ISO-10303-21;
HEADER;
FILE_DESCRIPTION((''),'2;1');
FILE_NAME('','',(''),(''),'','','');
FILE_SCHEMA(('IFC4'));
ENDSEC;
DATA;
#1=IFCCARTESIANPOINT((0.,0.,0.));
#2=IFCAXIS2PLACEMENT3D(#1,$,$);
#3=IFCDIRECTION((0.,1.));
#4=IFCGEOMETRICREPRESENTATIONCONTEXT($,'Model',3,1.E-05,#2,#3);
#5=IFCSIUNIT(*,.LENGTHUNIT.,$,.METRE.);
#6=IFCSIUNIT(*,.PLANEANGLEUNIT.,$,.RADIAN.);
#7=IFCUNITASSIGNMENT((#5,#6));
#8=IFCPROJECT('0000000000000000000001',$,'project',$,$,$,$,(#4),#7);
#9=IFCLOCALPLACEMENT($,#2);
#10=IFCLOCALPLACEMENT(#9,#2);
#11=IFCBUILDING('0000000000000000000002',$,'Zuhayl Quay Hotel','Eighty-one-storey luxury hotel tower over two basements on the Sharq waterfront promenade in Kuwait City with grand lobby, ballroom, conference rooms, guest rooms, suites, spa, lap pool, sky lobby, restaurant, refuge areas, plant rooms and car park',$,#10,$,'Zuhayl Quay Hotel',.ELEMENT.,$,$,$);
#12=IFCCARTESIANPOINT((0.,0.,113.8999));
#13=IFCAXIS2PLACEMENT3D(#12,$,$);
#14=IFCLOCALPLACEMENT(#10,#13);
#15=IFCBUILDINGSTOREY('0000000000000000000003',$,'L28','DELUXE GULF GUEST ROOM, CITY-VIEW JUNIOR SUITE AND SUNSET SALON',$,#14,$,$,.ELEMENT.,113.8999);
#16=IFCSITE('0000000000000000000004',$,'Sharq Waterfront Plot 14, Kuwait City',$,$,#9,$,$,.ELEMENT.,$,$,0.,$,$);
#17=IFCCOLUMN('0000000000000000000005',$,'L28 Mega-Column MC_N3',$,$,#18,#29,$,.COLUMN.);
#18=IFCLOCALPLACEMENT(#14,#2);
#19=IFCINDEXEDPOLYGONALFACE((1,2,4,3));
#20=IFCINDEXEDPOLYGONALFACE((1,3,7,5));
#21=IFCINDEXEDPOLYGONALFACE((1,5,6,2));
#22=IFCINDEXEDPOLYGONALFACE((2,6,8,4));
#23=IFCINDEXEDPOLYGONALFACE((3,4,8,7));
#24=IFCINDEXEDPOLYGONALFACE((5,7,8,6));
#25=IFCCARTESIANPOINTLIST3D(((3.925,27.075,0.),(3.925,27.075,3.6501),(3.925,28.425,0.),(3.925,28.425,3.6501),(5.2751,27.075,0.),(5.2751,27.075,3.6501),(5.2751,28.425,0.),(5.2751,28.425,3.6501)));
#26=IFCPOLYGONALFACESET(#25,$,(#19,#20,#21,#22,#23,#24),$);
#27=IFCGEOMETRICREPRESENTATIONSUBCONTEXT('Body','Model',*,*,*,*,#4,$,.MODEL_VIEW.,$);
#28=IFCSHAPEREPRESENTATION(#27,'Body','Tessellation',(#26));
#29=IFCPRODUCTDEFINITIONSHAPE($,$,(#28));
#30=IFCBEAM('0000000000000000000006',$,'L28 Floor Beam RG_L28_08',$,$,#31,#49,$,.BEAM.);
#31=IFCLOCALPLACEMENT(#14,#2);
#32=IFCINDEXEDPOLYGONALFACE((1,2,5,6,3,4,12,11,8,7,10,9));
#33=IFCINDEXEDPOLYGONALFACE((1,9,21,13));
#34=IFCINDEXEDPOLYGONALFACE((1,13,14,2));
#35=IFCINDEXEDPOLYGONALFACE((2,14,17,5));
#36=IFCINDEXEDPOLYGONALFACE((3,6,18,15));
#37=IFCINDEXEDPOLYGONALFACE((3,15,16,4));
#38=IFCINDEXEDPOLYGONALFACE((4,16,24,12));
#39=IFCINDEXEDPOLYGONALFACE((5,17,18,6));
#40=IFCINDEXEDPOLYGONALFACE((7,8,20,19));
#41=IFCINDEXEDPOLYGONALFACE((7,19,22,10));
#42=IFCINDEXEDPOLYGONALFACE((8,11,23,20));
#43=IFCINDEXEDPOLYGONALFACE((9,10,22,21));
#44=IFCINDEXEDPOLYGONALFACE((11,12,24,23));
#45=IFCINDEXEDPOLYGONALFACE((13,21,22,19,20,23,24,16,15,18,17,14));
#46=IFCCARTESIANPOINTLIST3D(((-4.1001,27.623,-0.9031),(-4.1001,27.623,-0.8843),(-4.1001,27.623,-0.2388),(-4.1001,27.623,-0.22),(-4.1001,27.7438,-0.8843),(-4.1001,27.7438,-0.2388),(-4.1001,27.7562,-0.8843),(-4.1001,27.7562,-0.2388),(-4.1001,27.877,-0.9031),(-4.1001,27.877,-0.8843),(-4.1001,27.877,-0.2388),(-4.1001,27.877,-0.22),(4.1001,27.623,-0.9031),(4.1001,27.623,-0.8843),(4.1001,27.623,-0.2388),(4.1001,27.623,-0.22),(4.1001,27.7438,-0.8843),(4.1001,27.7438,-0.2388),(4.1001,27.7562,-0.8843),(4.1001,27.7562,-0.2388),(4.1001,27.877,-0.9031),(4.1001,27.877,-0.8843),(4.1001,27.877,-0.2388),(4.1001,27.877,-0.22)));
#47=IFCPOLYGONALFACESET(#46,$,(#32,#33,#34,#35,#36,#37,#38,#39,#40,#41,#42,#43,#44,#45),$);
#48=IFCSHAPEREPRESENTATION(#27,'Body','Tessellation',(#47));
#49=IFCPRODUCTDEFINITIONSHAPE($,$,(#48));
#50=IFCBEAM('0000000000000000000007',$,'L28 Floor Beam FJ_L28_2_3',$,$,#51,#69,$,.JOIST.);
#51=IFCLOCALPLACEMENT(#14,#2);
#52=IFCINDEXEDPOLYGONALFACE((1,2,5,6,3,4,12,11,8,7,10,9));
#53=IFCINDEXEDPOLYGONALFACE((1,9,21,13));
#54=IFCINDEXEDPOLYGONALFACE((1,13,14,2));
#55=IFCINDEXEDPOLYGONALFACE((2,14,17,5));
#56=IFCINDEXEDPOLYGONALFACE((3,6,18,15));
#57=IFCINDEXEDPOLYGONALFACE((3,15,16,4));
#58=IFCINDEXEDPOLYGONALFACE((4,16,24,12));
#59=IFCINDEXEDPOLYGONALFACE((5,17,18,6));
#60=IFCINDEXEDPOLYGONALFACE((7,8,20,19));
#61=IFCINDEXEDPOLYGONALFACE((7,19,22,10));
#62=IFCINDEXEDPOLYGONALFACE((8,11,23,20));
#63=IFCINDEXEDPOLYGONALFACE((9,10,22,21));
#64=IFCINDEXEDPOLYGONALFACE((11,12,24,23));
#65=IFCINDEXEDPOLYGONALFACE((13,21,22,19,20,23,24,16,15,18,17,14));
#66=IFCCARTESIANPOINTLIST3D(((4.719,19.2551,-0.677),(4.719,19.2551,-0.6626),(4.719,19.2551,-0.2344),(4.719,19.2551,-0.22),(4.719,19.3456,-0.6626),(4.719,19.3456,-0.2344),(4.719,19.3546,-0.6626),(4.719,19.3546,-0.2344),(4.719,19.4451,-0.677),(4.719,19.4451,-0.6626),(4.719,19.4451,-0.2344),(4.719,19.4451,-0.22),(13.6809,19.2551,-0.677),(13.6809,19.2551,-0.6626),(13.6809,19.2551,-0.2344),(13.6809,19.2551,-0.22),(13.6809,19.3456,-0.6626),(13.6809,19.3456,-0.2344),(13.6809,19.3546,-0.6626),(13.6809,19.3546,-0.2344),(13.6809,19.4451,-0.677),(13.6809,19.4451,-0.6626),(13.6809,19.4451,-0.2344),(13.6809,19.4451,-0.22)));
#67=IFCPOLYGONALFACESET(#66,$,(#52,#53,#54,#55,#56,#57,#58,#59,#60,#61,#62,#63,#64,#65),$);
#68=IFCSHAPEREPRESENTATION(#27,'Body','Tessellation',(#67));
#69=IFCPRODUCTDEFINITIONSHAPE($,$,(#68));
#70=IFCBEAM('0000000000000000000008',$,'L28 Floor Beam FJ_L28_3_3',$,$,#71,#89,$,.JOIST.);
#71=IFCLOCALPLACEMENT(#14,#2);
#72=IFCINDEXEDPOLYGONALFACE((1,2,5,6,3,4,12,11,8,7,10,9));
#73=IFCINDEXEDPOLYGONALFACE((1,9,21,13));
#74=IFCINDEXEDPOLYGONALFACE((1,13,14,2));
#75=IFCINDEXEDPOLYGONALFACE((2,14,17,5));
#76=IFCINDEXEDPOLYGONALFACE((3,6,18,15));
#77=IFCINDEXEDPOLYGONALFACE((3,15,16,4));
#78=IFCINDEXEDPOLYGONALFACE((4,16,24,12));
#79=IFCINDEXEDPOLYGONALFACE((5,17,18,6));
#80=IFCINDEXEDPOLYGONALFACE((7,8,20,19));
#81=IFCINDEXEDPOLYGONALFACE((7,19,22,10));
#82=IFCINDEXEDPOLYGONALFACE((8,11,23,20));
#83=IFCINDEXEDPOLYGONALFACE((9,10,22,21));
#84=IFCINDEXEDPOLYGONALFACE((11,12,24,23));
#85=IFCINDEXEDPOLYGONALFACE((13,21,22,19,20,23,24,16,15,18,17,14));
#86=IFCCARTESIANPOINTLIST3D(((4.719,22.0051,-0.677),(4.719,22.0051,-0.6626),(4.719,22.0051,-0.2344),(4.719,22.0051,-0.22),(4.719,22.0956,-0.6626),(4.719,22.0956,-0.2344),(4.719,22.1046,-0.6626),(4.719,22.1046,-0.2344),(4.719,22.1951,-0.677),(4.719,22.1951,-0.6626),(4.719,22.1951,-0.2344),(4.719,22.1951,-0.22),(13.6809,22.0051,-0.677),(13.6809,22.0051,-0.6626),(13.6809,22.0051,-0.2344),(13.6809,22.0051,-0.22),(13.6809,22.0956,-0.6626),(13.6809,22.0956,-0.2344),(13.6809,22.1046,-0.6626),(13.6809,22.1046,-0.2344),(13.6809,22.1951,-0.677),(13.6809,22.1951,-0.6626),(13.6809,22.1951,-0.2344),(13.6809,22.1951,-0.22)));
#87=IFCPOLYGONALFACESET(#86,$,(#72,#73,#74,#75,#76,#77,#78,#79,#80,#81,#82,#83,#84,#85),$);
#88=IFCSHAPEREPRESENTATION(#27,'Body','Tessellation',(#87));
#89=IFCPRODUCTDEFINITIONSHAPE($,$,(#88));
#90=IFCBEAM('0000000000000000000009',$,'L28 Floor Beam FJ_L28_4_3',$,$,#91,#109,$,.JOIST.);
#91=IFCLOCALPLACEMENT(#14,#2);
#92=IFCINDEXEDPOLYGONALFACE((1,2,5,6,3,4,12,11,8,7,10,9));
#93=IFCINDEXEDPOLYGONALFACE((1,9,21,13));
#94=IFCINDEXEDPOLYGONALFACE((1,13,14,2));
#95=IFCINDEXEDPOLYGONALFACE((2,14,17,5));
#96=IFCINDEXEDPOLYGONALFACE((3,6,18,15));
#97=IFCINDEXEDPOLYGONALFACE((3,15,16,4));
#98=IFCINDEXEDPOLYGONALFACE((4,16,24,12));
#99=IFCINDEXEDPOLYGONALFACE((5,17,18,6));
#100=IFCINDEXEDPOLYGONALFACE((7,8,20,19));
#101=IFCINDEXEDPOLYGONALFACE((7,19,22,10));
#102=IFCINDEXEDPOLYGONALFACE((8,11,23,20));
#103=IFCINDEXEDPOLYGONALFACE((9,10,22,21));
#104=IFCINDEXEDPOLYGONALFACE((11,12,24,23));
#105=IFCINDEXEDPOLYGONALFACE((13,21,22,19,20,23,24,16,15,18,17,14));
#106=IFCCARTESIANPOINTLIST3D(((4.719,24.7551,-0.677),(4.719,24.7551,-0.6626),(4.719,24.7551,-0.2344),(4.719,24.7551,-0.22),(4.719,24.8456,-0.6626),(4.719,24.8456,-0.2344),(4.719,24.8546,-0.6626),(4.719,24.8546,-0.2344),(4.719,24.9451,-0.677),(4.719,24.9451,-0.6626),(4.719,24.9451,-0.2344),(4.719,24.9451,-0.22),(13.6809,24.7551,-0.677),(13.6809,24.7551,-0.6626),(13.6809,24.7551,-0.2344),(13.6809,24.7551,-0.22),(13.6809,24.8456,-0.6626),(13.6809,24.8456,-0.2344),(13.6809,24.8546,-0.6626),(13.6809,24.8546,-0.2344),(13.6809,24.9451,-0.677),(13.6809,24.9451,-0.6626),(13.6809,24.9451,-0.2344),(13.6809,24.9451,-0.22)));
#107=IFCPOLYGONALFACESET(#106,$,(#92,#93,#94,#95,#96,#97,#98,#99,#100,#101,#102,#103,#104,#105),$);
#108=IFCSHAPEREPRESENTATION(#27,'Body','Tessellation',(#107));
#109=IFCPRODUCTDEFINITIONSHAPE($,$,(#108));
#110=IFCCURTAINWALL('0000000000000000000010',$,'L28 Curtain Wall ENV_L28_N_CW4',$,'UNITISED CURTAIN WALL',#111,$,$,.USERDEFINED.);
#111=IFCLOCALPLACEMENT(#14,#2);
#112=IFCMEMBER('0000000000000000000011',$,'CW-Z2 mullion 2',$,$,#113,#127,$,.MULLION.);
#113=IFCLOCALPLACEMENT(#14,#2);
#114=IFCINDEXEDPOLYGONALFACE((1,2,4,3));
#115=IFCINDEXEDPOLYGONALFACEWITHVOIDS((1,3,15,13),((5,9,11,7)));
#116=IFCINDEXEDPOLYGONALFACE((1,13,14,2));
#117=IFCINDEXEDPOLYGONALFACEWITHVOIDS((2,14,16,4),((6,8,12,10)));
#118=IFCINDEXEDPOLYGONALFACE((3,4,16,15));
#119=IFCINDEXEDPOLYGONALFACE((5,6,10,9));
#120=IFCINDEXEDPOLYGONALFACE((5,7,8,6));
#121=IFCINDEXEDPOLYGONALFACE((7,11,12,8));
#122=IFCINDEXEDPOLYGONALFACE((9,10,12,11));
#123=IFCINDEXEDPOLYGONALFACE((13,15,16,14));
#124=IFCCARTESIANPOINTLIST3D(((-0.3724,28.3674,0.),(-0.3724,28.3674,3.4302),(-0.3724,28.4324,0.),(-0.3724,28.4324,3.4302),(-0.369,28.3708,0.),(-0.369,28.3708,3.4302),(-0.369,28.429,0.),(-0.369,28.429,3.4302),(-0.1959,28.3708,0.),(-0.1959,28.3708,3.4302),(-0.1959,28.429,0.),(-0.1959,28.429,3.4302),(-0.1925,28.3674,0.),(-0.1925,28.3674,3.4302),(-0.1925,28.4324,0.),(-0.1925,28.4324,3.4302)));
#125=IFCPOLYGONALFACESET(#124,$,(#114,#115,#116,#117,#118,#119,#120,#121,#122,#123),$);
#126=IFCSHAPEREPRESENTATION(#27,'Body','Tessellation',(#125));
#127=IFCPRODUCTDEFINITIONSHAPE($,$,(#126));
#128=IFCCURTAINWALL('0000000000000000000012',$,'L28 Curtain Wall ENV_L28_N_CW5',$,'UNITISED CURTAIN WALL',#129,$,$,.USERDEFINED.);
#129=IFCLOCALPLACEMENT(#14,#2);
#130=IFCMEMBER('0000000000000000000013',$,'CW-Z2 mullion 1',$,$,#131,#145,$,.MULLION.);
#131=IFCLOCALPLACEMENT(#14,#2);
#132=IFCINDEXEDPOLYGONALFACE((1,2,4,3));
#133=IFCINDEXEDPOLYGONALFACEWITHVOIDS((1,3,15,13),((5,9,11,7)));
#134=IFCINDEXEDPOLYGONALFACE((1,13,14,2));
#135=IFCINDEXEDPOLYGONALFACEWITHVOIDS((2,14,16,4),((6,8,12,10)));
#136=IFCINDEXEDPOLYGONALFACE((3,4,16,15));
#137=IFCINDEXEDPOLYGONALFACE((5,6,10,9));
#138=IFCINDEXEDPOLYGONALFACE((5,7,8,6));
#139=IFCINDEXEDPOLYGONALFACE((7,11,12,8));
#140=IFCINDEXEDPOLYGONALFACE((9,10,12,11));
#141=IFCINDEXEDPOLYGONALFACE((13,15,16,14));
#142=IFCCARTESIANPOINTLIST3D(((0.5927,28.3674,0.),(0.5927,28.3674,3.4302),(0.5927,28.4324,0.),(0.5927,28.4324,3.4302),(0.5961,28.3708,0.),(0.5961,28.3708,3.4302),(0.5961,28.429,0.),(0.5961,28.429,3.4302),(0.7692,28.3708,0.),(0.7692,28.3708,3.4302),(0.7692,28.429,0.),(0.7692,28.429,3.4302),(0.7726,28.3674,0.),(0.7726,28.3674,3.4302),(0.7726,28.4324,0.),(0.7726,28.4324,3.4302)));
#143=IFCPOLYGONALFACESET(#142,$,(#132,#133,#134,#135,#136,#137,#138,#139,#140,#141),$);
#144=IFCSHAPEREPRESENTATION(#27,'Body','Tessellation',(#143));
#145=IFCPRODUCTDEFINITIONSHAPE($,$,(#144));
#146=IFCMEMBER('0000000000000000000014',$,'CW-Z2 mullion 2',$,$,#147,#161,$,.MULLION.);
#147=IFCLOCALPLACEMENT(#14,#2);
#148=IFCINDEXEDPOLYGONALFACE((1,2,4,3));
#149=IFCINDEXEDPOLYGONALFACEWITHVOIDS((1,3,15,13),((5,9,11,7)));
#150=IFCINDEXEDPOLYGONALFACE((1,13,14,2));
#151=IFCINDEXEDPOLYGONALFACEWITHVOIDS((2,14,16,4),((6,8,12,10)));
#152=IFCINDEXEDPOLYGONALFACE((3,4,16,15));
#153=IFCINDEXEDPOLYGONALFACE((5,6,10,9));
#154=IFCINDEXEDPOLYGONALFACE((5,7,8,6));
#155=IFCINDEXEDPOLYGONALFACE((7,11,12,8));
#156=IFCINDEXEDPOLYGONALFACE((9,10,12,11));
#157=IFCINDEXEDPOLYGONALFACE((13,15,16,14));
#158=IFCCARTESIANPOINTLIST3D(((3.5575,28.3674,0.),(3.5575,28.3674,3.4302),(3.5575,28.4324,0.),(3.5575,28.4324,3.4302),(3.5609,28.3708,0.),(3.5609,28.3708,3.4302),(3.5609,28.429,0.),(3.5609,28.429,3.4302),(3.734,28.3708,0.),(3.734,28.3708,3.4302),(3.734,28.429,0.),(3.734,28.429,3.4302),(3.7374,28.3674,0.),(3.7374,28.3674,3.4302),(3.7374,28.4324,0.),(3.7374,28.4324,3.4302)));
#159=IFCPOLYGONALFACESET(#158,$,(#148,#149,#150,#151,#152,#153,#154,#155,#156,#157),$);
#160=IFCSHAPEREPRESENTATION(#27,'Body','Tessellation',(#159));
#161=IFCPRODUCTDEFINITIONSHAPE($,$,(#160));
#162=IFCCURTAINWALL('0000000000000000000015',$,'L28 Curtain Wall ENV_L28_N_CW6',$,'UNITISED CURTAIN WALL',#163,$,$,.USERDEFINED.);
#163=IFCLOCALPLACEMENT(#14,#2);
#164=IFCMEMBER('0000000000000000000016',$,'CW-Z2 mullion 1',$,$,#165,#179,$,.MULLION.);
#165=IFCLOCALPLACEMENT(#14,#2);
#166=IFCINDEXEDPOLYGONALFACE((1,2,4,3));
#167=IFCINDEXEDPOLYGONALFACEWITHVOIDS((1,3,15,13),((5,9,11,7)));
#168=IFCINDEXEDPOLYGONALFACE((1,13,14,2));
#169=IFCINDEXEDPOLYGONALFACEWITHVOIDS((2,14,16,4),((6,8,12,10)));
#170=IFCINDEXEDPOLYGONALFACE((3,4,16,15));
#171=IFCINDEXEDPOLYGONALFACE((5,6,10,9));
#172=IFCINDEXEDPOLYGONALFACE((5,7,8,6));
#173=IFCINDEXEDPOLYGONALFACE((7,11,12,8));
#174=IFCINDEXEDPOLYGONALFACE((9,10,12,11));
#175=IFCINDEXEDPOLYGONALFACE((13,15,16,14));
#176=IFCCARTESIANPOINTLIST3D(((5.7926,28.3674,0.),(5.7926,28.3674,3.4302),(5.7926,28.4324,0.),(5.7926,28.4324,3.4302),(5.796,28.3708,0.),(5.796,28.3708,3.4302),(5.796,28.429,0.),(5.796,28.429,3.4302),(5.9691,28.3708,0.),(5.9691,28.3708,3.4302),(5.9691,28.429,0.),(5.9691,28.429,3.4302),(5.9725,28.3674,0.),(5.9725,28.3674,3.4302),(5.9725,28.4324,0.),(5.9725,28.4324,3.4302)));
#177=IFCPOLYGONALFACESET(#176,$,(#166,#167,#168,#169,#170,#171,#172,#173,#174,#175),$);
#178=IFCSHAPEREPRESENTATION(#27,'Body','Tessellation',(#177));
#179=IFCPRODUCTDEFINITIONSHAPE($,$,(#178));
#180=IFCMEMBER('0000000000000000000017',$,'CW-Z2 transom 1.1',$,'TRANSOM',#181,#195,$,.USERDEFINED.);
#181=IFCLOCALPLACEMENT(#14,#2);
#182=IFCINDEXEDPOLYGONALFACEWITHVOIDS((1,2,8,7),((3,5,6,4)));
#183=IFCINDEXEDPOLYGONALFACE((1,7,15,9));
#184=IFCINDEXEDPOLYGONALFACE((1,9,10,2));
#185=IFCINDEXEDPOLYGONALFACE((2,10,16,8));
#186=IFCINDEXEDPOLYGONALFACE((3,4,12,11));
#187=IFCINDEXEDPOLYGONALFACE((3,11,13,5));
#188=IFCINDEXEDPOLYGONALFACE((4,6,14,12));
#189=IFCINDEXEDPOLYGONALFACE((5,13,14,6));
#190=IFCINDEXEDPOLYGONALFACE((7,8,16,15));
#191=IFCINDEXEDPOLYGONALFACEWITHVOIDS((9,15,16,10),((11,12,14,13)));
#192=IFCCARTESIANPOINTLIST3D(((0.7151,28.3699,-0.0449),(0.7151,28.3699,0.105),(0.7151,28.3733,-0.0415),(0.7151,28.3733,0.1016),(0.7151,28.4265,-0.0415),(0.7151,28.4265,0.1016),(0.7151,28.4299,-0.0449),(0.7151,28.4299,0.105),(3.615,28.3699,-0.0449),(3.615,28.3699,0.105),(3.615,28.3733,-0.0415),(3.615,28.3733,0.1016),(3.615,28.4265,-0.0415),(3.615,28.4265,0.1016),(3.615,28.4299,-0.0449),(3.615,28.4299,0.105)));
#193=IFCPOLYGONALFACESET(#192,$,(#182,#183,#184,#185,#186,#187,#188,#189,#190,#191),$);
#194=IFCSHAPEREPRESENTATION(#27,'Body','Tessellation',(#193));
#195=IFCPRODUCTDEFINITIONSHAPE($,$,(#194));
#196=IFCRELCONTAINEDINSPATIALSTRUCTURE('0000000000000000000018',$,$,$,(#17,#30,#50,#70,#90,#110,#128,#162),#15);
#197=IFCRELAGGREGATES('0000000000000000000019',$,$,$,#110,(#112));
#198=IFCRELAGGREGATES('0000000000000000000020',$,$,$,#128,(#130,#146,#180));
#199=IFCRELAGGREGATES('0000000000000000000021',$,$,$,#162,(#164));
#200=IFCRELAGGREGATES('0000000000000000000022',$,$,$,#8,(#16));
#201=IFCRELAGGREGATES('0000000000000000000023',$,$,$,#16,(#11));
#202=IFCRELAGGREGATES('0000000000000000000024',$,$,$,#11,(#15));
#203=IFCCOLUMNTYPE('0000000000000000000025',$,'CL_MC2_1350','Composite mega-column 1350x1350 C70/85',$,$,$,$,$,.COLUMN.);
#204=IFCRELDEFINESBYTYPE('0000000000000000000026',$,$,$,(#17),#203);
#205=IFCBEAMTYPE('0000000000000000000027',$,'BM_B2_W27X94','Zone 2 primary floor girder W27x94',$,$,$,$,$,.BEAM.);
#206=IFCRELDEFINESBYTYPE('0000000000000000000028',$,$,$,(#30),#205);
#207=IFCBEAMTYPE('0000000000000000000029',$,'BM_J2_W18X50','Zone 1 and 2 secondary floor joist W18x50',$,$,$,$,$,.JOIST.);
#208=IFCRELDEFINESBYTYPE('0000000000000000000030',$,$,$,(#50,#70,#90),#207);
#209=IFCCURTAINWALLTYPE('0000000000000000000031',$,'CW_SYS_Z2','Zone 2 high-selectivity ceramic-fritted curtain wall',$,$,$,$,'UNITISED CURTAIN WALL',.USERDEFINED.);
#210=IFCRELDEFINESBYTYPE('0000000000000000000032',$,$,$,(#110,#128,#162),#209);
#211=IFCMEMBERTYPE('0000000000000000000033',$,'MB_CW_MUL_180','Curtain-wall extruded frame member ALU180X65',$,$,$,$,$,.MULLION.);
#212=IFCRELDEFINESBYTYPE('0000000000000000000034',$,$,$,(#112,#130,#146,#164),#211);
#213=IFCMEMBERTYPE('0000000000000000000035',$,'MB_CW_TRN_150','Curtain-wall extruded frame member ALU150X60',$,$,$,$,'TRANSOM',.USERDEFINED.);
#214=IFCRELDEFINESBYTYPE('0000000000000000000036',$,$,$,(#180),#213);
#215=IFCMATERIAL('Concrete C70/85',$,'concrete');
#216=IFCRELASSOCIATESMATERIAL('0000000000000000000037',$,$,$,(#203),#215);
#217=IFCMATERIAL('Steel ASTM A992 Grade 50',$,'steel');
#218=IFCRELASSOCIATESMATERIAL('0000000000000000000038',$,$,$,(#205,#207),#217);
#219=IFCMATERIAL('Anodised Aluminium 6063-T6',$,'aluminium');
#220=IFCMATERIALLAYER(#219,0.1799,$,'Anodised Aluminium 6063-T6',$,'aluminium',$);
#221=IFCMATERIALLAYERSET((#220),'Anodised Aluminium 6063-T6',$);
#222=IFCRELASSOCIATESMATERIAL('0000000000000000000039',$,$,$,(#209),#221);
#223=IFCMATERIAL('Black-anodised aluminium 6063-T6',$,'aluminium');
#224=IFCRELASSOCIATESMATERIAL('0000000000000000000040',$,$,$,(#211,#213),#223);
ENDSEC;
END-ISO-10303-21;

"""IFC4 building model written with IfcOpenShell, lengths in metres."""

from ifc_helpers import new_model, si_unit, direction, frame, origin, origin_2d, place, context, subcontext, project, spatial, rectangle, hollow_rectangle, i_section, extrude, material, layer, layer_set, material_profile, profile_set, type_object, element, aggregate, save


model = new_model("IFC4")

# Units and contexts
model_context = context("Model", 3, precision=1e-05, world=origin(), true_north=direction((0.0, 1.0)))
body_context = subcontext(model_context, "Body", "Model", "MODEL_VIEW")
ifc_project = project(units=[si_unit("LENGTHUNIT", "METRE"), si_unit("PLANEANGLEUNIT", "RADIAN")], contexts=[model_context])

# Site, building, storey
site_placement = place(None, origin())
site = spatial("IfcSite", under=ifc_project, at=site_placement, Name="Sharq Waterfront Plot 14, Kuwait City", CompositionType="ELEMENT", RefElevation=0.0)
building_placement = place(site_placement, origin())
building = spatial("IfcBuilding", under=site, at=building_placement, Name="Zuhayl Quay Hotel", Description="Eighty-one-storey luxury hotel tower over two basements on the Sharq waterfront promenade in Kuwait City with grand lobby, ballroom, conference rooms, guest rooms, suites, spa, lap pool, sky lobby, restaurant, refuge areas, plant rooms and car park", LongName="Zuhayl Quay Hotel", CompositionType="ELEMENT")
storey_placement = place(building_placement, frame((0.0, 0.0, 113.8999)))
storey = spatial("IfcBuildingStorey", under=building, at=storey_placement, Name="L28", Description="DELUXE GULF GUEST ROOM, CITY-VIEW JUNIOR SUITE AND SUNSET SALON", CompositionType="ELEMENT", Elevation=113.8999)

# Column
ifc_material_1 = material(Name="Concrete C70/85", Category="concrete")
ifc_material_profile_1 = material_profile(ifc_material_1, rectangle(XDim=1.3501, YDim=1.3501, at=origin_2d()), Name="RC1350X1350")
ifc_profile_set_1 = profile_set([ifc_material_profile_1], Name="Concrete C70/85")
column_type = type_object("IfcColumnType", Name="CL_MC2_1350", Description="Composite mega-column 1350x1350 C70/85", PredefinedType="COLUMN", material=ifc_profile_set_1)
column_placement = place(storey_placement, frame((4.6001, 27.75, 0.0), z_axis=(0.0, 0.0, 1.0), x_axis=(1.0, 0.0, 0.0)))
element("IfcColumn", 1, at=column_placement, inside=storey, type_object=column_type, Name="L28 Mega-Column MC_N3", PredefinedType="COLUMN", context=body_context, shape_type="SweptSolid", body=[
    extrude(rectangle(XDim=1.3501, YDim=1.3501, at=origin_2d()), origin(), (0.0, 0.0, 1.0), 3.6501),
])

# Beams
ifc_material_2 = material(Name="Steel ASTM A992 Grade 50", Category="steel")
ifc_material_profile_2 = material_profile(ifc_material_2, i_section(OverallWidth=0.2539, OverallDepth=0.6831, WebThickness=0.0125, FlangeThickness=0.0188, at=origin_2d()), Name="W27X94")
ifc_profile_set_2 = profile_set([ifc_material_profile_2], Name="Steel ASTM A992 Grade 50")
beam_type_1 = type_object("IfcBeamType", Name="BM_B2_W27X94", Description="Zone 2 primary floor girder W27x94", PredefinedType="BEAM", material=ifc_profile_set_2)
beam_placement = place(storey_placement, frame((4.1001, 27.75, -0.5615), z_axis=(-1.0, 0.0, 0.0), x_axis=(0.0, -1.0, 0.0)))
element("IfcBeam", 2, at=beam_placement, inside=storey, type_object=beam_type_1, Name="L28 Floor Beam RG_L28_08", PredefinedType="BEAM", context=body_context, shape_type="SweptSolid", body=[
    extrude(i_section(OverallWidth=0.2539, OverallDepth=0.6831, WebThickness=0.0125, FlangeThickness=0.0188, at=origin_2d()), origin(), (0.0, 0.0, 1.0), 8.2002),
])
ifc_material_profile_3 = material_profile(ifc_material_2, i_section(OverallWidth=0.1899, OverallDepth=0.457, WebThickness=0.009, FlangeThickness=0.0144, at=origin_2d()), Name="W18X50")
ifc_profile_set_3 = profile_set([ifc_material_profile_3], Name="Steel ASTM A992 Grade 50")
beam_type_2 = type_object("IfcBeamType", Name="BM_J2_W18X50", Description="Zone 1 and 2 secondary floor joist W18x50", PredefinedType="JOIST", material=ifc_profile_set_3)
for number, where, z_axis, x_axis, name in (
    (3, (4.719, 19.3501, -0.4485), (1.0, 0.0, 0.0), (0.0, 1.0, 0.0), "L28 Floor Beam FJ_L28_2_3"),
    (4, (4.719, 22.1001, -0.4485), (1.0, 0.0, 0.0), (0.0, 1.0, 0.0), "L28 Floor Beam FJ_L28_3_3"),
    (5, (4.719, 24.8501, -0.4485), (1.0, 0.0, 0.0), (0.0, 1.0, 0.0), "L28 Floor Beam FJ_L28_4_3"),
):
    element("IfcBeam", number, at=place(storey_placement, frame(where, z_axis=z_axis, x_axis=x_axis)), inside=storey, type_object=beam_type_2, Name=name, PredefinedType="JOIST", context=body_context, shape_type="SweptSolid", body=[
        extrude(i_section(OverallWidth=0.1899, OverallDepth=0.457, WebThickness=0.009, FlangeThickness=0.0144, at=origin_2d()), origin(), (0.0, 0.0, 1.0), 8.9619),
    ])

# Curtain wall, member
ifc_material_3 = material(Name="Anodised Aluminium 6063-T6", Category="aluminium")
ifc_layer_1 = layer(ifc_material_3, 0.1799, Name="Anodised Aluminium 6063-T6", Category="aluminium")
ifc_layer_set_1 = layer_set([ifc_layer_1], Name="Anodised Aluminium 6063-T6")
curtain_wall_type = type_object("IfcCurtainWallType", Name="CW_SYS_Z2", Description="Zone 2 high-selectivity ceramic-fritted curtain wall", ElementType="UNITISED CURTAIN WALL", PredefinedType="USERDEFINED", material=ifc_layer_set_1)
curtain_wall_1_placement = place(storey_placement, origin())
curtain_wall_1 = element("IfcCurtainWall", 6, at=curtain_wall_1_placement, inside=storey, type_object=curtain_wall_type, Name="L28 Curtain Wall ENV_L28_N_CW4", ObjectType="UNITISED CURTAIN WALL", PredefinedType="USERDEFINED")
ifc_material_4 = material(Name="Black-anodised aluminium 6063-T6", Category="aluminium")
ifc_material_profile_4 = material_profile(ifc_material_4, hollow_rectangle(XDim=0.0649, YDim=0.1799, WallThickness=0.0034, at=origin_2d()), Name="ALU180X65")
ifc_profile_set_4 = profile_set([ifc_material_profile_4], Name="Black-anodised aluminium 6063-T6")
member_type_1 = type_object("IfcMemberType", Name="MB_CW_MUL_180", Description="Curtain-wall extruded frame member ALU180X65", PredefinedType="MULLION", material=ifc_profile_set_4)
member_1_placement = place(storey_placement, frame((-0.2825, 28.3999, 0.0), z_axis=(0.0, 0.0, 1.0), x_axis=(0.0, 1.0, 0.0)))
member_1 = element("IfcMember", 7, at=member_1_placement, type_object=member_type_1, Name="CW-Z2 mullion 2", PredefinedType="MULLION", context=body_context, shape_type="SweptSolid", body=[
    extrude(hollow_rectangle(XDim=0.0649, YDim=0.1799, WallThickness=0.0034, at=origin_2d()), origin(), (0.0, 0.0, 1.0), 3.4302),
])
aggregate(curtain_wall_1, [member_1])

# Curtain wall, members
curtain_wall_2_placement = place(storey_placement, origin())
curtain_wall_2 = element("IfcCurtainWall", 8, at=curtain_wall_2_placement, inside=storey, type_object=curtain_wall_type, Name="L28 Curtain Wall ENV_L28_N_CW5", ObjectType="UNITISED CURTAIN WALL", PredefinedType="USERDEFINED")
member_2_placement = place(storey_placement, frame((0.6826, 28.3999, 0.0), z_axis=(0.0, 0.0, 1.0), x_axis=(0.0, 1.0, 0.0)))
member_2 = element("IfcMember", 9, at=member_2_placement, type_object=member_type_1, Name="CW-Z2 mullion 1", PredefinedType="MULLION", context=body_context, shape_type="SweptSolid", body=[
    extrude(hollow_rectangle(XDim=0.0649, YDim=0.1799, WallThickness=0.0034, at=origin_2d()), origin(), (0.0, 0.0, 1.0), 3.4302),
])
member_3_placement = place(storey_placement, frame((3.6475, 28.3999, 0.0), z_axis=(0.0, 0.0, 1.0), x_axis=(0.0, 1.0, 0.0)))
member_3 = element("IfcMember", 10, at=member_3_placement, type_object=member_type_1, Name="CW-Z2 mullion 2", PredefinedType="MULLION", context=body_context, shape_type="SweptSolid", body=[
    extrude(hollow_rectangle(XDim=0.0649, YDim=0.1799, WallThickness=0.0034, at=origin_2d()), origin(), (0.0, 0.0, 1.0), 3.4302),
])

# Curtain wall, member
curtain_wall_3_placement = place(storey_placement, origin())
curtain_wall_3 = element("IfcCurtainWall", 11, at=curtain_wall_3_placement, inside=storey, type_object=curtain_wall_type, Name="L28 Curtain Wall ENV_L28_N_CW6", ObjectType="UNITISED CURTAIN WALL", PredefinedType="USERDEFINED")
member_4_placement = place(storey_placement, frame((5.8826, 28.3999, 0.0), z_axis=(0.0, 0.0, 1.0), x_axis=(0.0, 1.0, 0.0)))
member_4 = element("IfcMember", 12, at=member_4_placement, type_object=member_type_1, Name="CW-Z2 mullion 1", PredefinedType="MULLION", context=body_context, shape_type="SweptSolid", body=[
    extrude(hollow_rectangle(XDim=0.0649, YDim=0.1799, WallThickness=0.0034, at=origin_2d()), origin(), (0.0, 0.0, 1.0), 3.4302),
])

# Member
ifc_material_profile_5 = material_profile(ifc_material_4, hollow_rectangle(XDim=0.0601, YDim=0.1499, WallThickness=0.0034, at=origin_2d()), Name="ALU150X60")
ifc_profile_set_5 = profile_set([ifc_material_profile_5], Name="Black-anodised aluminium 6063-T6")
member_type_2 = type_object("IfcMemberType", Name="MB_CW_TRN_150", Description="Curtain-wall extruded frame member ALU150X60", ElementType="TRANSOM", PredefinedType="USERDEFINED", material=ifc_profile_set_5)
member_5_placement = place(storey_placement, frame((0.7151, 28.3999, 0.03), z_axis=(1.0, 0.0, 0.0), x_axis=(0.0, 1.0, 0.0)))
member_5 = element("IfcMember", 13, at=member_5_placement, type_object=member_type_2, Name="CW-Z2 transom 1.1", ObjectType="TRANSOM", PredefinedType="USERDEFINED", context=body_context, shape_type="SweptSolid", body=[
    extrude(hollow_rectangle(XDim=0.0601, YDim=0.1499, WallThickness=0.0034, at=origin_2d()), origin(), (0.0, 0.0, 1.0), 2.8999),
])

aggregate(curtain_wall_2, [member_2, member_3, member_5])
aggregate(curtain_wall_3, [member_4])

save(model, "model.ifc")
